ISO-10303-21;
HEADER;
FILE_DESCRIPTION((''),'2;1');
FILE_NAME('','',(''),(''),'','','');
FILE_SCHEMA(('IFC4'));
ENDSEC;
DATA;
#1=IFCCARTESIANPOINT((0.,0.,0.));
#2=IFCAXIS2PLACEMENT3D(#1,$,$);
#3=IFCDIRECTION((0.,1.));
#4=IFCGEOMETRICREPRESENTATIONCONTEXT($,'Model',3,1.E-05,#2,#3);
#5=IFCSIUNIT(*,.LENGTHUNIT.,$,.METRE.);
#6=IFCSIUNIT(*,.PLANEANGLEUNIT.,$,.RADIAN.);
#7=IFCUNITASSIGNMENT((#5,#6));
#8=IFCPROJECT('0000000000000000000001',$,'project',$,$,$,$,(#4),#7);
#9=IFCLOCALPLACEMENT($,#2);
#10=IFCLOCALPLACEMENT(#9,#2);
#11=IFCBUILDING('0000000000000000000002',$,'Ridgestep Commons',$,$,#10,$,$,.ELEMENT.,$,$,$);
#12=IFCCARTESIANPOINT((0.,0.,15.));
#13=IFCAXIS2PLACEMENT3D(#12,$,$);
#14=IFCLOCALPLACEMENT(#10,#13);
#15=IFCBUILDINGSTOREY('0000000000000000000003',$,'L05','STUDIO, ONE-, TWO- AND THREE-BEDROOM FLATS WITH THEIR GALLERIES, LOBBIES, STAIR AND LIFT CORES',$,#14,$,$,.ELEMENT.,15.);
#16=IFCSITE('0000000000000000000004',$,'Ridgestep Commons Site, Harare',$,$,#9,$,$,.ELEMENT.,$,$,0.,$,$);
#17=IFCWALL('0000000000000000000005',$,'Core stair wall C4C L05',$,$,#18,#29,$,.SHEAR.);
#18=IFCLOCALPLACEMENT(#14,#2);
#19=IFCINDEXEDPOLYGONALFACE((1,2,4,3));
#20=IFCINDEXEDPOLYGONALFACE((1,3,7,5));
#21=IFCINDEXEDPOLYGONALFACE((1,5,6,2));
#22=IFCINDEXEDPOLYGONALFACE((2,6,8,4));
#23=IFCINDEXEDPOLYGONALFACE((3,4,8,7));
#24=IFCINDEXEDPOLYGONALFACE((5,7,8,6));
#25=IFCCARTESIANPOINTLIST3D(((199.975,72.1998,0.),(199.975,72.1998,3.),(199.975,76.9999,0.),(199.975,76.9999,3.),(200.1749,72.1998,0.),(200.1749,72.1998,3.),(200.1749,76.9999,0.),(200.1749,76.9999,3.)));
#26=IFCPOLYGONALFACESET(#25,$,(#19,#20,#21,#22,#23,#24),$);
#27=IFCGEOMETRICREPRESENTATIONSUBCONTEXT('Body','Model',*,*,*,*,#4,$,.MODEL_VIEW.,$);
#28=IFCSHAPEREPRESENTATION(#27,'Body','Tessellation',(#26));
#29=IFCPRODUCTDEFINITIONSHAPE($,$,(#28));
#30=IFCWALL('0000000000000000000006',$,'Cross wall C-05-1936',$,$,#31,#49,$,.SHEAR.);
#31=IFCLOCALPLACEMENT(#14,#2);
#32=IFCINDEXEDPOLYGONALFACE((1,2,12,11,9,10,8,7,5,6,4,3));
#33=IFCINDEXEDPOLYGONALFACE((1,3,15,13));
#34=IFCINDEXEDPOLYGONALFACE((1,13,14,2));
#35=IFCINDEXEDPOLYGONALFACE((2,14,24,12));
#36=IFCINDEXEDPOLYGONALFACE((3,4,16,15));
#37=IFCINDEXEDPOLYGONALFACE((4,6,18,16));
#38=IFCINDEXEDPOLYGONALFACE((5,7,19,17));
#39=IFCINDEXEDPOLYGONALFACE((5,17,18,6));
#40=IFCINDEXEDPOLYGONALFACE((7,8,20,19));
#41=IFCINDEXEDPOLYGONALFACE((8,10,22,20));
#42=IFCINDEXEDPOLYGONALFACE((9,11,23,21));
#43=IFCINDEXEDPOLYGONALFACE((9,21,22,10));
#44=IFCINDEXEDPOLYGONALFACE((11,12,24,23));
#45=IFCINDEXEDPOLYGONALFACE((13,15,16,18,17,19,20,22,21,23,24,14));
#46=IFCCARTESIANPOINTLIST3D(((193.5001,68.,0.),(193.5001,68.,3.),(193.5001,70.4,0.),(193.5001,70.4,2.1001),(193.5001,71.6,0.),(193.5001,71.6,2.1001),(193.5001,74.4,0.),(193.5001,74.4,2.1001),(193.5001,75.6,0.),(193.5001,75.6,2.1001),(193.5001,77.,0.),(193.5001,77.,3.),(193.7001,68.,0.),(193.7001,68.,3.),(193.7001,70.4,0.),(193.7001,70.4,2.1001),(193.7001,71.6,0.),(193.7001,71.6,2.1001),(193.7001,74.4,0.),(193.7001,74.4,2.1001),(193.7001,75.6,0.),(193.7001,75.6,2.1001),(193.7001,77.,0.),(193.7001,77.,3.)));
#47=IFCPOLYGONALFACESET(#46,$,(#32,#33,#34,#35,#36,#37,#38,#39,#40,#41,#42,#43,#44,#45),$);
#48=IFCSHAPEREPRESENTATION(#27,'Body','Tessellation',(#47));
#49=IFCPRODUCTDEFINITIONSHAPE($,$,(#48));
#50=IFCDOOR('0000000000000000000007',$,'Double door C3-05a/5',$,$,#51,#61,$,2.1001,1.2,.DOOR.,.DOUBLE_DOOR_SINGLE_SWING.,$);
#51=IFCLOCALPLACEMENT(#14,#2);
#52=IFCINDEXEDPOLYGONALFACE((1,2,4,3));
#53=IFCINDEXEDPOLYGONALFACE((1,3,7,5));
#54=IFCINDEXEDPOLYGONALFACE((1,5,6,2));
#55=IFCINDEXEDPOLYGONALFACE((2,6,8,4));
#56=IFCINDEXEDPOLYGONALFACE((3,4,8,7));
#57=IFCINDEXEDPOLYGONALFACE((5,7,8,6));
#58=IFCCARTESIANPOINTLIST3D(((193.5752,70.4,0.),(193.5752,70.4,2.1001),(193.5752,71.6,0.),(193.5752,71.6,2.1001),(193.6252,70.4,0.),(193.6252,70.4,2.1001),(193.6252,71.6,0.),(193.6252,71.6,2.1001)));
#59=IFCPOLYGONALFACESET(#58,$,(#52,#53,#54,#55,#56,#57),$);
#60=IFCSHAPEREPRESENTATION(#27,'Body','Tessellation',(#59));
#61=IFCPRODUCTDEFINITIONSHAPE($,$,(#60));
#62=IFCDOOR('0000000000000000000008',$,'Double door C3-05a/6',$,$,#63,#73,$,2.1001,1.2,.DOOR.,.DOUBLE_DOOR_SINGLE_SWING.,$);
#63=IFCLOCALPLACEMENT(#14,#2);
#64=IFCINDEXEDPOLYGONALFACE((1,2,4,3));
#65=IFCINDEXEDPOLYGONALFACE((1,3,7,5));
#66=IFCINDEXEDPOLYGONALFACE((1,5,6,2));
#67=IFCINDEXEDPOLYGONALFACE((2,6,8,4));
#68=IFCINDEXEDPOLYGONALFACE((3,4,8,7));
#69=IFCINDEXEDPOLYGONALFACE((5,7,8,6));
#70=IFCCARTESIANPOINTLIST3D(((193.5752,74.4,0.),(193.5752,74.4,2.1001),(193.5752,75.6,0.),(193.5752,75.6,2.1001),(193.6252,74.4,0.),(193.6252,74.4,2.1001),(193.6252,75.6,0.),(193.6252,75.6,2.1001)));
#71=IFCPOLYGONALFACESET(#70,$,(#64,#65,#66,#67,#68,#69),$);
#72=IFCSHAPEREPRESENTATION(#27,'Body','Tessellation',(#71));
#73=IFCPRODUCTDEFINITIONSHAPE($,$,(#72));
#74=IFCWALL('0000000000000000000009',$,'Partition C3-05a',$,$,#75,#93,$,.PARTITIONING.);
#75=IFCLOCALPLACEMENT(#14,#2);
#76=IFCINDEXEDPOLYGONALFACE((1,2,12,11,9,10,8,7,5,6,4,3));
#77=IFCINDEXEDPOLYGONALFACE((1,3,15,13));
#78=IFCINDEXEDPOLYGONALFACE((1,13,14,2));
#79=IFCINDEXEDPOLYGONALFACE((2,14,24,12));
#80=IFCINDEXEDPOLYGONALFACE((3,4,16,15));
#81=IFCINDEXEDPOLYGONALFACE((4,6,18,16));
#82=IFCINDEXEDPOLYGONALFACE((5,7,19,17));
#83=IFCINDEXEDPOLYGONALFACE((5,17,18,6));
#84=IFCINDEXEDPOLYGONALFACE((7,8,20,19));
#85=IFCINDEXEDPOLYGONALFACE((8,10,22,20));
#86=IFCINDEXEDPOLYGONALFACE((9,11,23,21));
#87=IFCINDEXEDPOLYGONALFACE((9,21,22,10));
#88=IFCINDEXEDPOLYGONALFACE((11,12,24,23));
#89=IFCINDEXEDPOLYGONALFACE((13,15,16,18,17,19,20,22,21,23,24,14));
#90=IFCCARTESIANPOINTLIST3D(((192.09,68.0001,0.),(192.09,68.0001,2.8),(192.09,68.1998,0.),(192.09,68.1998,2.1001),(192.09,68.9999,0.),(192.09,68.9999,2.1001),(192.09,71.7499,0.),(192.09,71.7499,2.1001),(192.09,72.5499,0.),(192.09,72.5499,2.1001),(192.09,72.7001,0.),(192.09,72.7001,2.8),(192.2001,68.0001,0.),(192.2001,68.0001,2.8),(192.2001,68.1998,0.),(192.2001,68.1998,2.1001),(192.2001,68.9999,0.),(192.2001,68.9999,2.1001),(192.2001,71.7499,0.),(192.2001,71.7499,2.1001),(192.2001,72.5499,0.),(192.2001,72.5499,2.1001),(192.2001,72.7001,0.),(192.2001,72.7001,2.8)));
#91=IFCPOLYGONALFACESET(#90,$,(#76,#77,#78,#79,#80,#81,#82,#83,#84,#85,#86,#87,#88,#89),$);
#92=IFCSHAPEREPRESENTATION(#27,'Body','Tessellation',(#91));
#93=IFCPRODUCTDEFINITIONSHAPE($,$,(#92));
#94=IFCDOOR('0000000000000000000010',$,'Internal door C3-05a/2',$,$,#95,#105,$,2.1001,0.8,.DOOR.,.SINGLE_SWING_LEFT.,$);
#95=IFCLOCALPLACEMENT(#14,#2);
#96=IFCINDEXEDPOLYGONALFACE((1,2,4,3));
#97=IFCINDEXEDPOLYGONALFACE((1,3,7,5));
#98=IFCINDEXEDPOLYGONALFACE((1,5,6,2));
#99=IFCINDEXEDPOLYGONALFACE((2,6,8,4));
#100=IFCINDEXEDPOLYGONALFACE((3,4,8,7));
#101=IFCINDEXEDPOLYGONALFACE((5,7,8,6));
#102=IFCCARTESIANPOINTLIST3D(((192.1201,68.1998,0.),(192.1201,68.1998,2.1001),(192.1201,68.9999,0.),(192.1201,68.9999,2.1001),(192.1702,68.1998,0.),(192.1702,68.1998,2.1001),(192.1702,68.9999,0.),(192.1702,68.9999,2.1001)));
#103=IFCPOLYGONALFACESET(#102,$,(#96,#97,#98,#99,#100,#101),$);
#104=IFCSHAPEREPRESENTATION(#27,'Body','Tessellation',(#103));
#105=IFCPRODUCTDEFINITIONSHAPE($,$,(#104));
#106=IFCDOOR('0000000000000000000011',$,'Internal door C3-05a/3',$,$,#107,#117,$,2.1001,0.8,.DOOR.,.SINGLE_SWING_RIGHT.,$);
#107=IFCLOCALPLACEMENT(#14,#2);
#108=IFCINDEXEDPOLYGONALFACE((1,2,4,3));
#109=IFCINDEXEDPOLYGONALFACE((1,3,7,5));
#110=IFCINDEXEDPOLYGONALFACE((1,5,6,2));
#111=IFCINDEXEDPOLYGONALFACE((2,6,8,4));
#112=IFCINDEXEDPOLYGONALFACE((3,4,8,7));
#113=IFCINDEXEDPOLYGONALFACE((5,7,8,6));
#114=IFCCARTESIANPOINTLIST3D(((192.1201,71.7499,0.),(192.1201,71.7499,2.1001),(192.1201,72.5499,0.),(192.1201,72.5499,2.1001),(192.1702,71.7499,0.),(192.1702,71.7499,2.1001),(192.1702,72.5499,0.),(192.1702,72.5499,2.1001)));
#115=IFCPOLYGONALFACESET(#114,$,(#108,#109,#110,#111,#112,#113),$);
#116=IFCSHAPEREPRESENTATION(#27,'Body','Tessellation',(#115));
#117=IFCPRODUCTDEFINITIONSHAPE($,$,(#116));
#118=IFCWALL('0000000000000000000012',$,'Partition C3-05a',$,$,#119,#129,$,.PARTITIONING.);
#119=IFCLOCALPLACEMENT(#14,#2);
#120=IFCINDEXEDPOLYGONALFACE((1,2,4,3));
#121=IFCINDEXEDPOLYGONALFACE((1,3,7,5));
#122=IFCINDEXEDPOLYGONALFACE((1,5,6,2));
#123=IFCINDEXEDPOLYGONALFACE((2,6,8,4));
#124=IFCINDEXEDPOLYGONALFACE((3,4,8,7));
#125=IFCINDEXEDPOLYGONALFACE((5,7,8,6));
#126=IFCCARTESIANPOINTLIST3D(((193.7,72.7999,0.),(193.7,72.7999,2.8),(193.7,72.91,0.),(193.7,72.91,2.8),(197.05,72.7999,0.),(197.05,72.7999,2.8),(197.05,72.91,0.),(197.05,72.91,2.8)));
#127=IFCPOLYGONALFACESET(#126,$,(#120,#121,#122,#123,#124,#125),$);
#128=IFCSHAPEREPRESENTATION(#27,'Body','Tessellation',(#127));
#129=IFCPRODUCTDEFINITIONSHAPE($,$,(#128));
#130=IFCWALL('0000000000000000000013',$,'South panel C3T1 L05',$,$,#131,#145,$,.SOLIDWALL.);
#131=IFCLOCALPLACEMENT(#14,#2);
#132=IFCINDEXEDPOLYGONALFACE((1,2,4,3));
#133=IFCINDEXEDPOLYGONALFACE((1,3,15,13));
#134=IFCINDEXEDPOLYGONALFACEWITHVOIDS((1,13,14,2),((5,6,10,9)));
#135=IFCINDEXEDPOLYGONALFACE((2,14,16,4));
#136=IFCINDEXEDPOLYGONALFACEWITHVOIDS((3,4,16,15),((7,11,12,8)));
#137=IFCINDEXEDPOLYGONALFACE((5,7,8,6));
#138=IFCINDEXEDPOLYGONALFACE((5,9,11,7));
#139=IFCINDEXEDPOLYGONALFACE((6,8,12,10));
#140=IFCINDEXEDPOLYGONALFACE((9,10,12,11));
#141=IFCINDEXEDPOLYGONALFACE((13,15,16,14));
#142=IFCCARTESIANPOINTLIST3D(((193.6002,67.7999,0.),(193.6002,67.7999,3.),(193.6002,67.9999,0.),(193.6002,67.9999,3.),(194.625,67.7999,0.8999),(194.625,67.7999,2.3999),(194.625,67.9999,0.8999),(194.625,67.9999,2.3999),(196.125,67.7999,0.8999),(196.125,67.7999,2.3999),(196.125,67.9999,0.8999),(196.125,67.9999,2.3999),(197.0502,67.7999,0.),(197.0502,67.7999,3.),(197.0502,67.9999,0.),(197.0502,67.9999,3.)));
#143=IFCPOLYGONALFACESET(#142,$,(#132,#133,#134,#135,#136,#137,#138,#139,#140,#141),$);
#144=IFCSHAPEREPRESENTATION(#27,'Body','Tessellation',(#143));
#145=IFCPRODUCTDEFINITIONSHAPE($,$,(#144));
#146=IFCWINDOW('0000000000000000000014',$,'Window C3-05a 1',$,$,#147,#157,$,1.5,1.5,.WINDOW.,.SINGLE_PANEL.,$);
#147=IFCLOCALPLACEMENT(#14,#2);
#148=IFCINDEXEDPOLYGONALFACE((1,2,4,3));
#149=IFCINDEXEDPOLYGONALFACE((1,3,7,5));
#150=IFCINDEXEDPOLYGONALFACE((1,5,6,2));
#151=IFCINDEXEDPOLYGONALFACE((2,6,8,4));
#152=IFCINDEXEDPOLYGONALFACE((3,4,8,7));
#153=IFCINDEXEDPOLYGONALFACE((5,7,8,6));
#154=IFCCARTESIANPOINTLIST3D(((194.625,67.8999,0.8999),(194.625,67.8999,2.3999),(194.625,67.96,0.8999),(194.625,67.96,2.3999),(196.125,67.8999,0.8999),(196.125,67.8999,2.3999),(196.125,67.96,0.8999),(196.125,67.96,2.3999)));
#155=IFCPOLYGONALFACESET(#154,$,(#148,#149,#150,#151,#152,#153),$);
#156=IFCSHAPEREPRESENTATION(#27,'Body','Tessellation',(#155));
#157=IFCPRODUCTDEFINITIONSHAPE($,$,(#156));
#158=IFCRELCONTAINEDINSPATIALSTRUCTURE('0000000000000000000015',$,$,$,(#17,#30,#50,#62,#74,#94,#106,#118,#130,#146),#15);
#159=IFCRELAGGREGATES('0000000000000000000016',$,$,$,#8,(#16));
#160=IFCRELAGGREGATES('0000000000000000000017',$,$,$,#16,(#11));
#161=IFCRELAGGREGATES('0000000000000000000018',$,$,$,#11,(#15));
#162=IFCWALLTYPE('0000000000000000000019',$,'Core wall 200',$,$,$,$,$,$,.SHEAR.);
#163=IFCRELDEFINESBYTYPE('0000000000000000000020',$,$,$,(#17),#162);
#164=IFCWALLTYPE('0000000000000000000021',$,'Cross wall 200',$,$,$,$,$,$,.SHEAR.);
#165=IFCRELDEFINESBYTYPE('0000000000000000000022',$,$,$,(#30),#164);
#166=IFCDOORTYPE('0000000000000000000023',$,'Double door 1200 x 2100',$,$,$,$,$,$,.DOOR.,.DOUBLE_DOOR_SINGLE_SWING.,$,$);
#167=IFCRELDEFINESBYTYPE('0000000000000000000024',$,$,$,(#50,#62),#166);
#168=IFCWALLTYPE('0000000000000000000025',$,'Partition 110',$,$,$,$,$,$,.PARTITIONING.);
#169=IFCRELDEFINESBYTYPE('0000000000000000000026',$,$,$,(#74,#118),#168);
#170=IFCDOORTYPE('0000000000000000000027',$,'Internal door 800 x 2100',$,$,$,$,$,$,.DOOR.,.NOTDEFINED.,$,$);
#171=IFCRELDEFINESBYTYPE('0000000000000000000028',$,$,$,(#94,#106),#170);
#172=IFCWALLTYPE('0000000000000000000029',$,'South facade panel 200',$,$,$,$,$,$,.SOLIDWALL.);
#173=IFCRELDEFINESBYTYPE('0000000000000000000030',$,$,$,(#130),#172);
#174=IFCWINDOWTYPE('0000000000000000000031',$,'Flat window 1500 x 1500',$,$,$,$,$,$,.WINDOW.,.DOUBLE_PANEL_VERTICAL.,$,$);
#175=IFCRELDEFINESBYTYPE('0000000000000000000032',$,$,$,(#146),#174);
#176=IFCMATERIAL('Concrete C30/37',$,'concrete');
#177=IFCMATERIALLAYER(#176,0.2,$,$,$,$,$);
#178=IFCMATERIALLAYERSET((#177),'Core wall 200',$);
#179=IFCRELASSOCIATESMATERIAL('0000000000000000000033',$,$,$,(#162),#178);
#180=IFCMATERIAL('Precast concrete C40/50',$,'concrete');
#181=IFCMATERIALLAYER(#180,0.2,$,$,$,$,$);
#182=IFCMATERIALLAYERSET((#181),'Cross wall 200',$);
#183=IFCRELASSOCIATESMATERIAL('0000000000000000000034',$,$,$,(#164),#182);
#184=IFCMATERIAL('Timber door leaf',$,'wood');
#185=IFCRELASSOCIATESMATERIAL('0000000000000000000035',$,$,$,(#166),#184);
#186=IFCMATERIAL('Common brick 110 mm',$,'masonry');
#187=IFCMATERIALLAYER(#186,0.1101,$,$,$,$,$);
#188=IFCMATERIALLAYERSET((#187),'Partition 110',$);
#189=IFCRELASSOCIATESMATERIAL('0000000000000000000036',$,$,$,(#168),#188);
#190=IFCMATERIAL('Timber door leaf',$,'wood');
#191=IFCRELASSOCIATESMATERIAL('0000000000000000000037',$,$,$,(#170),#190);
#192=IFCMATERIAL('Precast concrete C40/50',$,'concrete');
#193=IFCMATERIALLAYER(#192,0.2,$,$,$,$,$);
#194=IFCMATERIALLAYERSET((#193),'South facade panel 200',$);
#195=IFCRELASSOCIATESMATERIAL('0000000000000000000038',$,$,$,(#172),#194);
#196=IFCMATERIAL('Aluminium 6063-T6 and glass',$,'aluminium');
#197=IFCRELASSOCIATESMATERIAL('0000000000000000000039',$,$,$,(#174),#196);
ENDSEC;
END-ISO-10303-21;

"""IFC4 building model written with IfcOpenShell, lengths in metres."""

from ifc_helpers import new_model, si_unit, direction, frame, frame_2d, origin, place, context, subcontext, project, spatial, rectangle, extrude, material, layer, layer_set, type_object, element, fill, save


model = new_model("IFC4")

# Units and contexts
model_context = context("Model", 3, precision=1e-05, world=origin(), true_north=direction((0.0, 1.0)))
body_context = subcontext(model_context, "Body", "Model", "MODEL_VIEW")
ifc_project = project(units=[si_unit("LENGTHUNIT", "METRE"), si_unit("PLANEANGLEUNIT", "RADIAN")], contexts=[model_context])

# Site, building, storey
site_placement = place(None, origin())
site = spatial("IfcSite", under=ifc_project, at=site_placement, Name="Ridgestep Commons Site, Harare", CompositionType="ELEMENT", RefElevation=0.0)
building_placement = place(site_placement, origin())
building = spatial("IfcBuilding", under=site, at=building_placement, Name="Ridgestep Commons", CompositionType="ELEMENT")
storey_placement = place(building_placement, frame((0.0, 0.0, 15.0)))
storey = spatial("IfcBuildingStorey", under=building, at=storey_placement, Name="L05", Description="STUDIO, ONE-, TWO- AND THREE-BEDROOM FLATS WITH THEIR GALLERIES, LOBBIES, STAIR AND LIFT CORES", CompositionType="ELEMENT", Elevation=15.0)

# Shared definitions
ifc_material_1 = material(Name="Concrete C30/37", Category="concrete")
ifc_layer_1 = layer(ifc_material_1, 0.2)
ifc_layer_set_1 = layer_set([ifc_layer_1], Name="Core wall 200")
wall_type_1 = type_object("IfcWallType", Name="Core wall 200", PredefinedType="SHEAR", material=ifc_layer_set_1)

# Wall
wall_1_placement = place(storey_placement, frame((200.075, 72.2, 0.0), z_axis=(0.0, 0.0, 1.0), x_axis=(0.0, 1.0, 0.0)))
element("IfcWall", 1, at=wall_1_placement, inside=storey, type_object=wall_type_1, Name="Core stair wall C4C L05", PredefinedType="SHEAR", context=body_context, shape_type="SweptSolid", body=[
    extrude(rectangle(XDim=4.8, YDim=0.2, at=frame_2d((2.3999, 0.0))), origin(), (0.0, 0.0, 1.0), 3.0),
])

# Walls, openings, doors
ifc_material_2 = material(Name="Precast concrete C40/50", Category="concrete")
ifc_layer_2 = layer(ifc_material_2, 0.2)
ifc_layer_set_2 = layer_set([ifc_layer_2], Name="Cross wall 200")
wall_type_2 = type_object("IfcWallType", Name="Cross wall 200", PredefinedType="SHEAR", material=ifc_layer_set_2)
wall_2_placement = place(storey_placement, frame((193.6001, 68.0, 0.0), z_axis=(0.0, 0.0, 1.0), x_axis=(0.0, 1.0, 0.0)))
wall_2 = element("IfcWall", 2, at=wall_2_placement, inside=storey, type_object=wall_type_2, Name="Cross wall C-05-1936", PredefinedType="SHEAR", context=body_context, shape_type="SweptSolid", body=[
    extrude(rectangle(XDim=9.0, YDim=0.2, at=frame_2d((4.5, 0.0))), origin(), (0.0, 0.0, 1.0), 3.0),
])
opening_1_placement = place(wall_2_placement, frame((2.3999, 0.0, 0.0)))
opening_1 = element("IfcOpeningElement", 3, at=opening_1_placement, cuts=wall_2, PredefinedType="OPENING", context=body_context, shape_type="SweptSolid", body=[
    extrude(rectangle(XDim=1.2, YDim=2.1001, at=frame_2d((0.6001, 1.05))), frame((0.0, 0.1099, 0.0), z_axis=(0.0, -1.0, 0.0), x_axis=(1.0, 0.0, 0.0)), (0.0, 0.0, 1.0), 0.22),
])
opening_2_placement = place(wall_2_placement, frame((6.3999, 0.0, 0.0)))
opening_2 = element("IfcOpeningElement", 4, at=opening_2_placement, cuts=wall_2, PredefinedType="OPENING", context=body_context, shape_type="SweptSolid", body=[
    extrude(rectangle(XDim=1.2, YDim=2.1001, at=frame_2d((0.6001, 1.05))), frame((0.0, 0.1099, 0.0), z_axis=(0.0, -1.0, 0.0), x_axis=(1.0, 0.0, 0.0)), (0.0, 0.0, 1.0), 0.22),
])
ifc_material_3 = material(Name="Timber door leaf", Category="wood")
door_type_1 = type_object("IfcDoorType", Name="Double door 1200 x 2100", OperationType="DOUBLE_DOOR_SINGLE_SWING", PredefinedType="DOOR", material=ifc_material_3)
door_1_placement = place(opening_1_placement, origin())
door_1 = element("IfcDoor", 5, at=door_1_placement, inside=storey, type_object=door_type_1, Name="Double door C3-05a/5", OperationType="DOUBLE_DOOR_SINGLE_SWING", OverallHeight=2.1001, OverallWidth=1.2, PredefinedType="DOOR", context=body_context, shape_type="SweptSolid", body=[
    extrude(rectangle(XDim=1.2, YDim=2.1001, at=frame_2d((0.6001, 1.05))), frame((0.0, 0.0249, 0.0), z_axis=(0.0, -1.0, 0.0), x_axis=(1.0, 0.0, 0.0)), (0.0, 0.0, 1.0), 0.05),
])
fill(opening_1, door_1)
door_2_placement = place(opening_2_placement, origin())
door_2 = element("IfcDoor", 6, at=door_2_placement, inside=storey, type_object=door_type_1, Name="Double door C3-05a/6", OperationType="DOUBLE_DOOR_SINGLE_SWING", OverallHeight=2.1001, OverallWidth=1.2, PredefinedType="DOOR", context=body_context, shape_type="SweptSolid", body=[
    extrude(rectangle(XDim=1.2, YDim=2.1001, at=frame_2d((0.6001, 1.05))), frame((0.0, 0.0249, 0.0), z_axis=(0.0, -1.0, 0.0), x_axis=(1.0, 0.0, 0.0)), (0.0, 0.0, 1.0), 0.05),
])
fill(opening_2, door_2)
ifc_material_4 = material(Name="Common brick 110 mm", Category="masonry")
ifc_layer_3 = layer(ifc_material_4, 0.1101)
ifc_layer_set_3 = layer_set([ifc_layer_3], Name="Partition 110")
wall_type_3 = type_object("IfcWallType", Name="Partition 110", PredefinedType="PARTITIONING", material=ifc_layer_set_3)
wall_3_placement = place(storey_placement, frame((192.145, 68.0, 0.0), z_axis=(0.0, 0.0, 1.0), x_axis=(0.0, 1.0, 0.0)))
wall_3 = element("IfcWall", 7, at=wall_3_placement, inside=storey, type_object=wall_type_3, Name="Partition C3-05a", PredefinedType="PARTITIONING", context=body_context, shape_type="SweptSolid", body=[
    extrude(rectangle(XDim=4.7, YDim=0.1101, at=frame_2d((2.3501, 0.0))), origin(), (0.0, 0.0, 1.0), 2.8),
])
opening_3_placement = place(wall_3_placement, frame((0.2, 0.0, 0.0)))
opening_3 = element("IfcOpeningElement", 8, at=opening_3_placement, cuts=wall_3, PredefinedType="OPENING", context=body_context, shape_type="SweptSolid", body=[
    extrude(rectangle(XDim=0.8, YDim=2.1001, at=frame_2d((0.3999, 1.05))), frame((0.0, 0.0649, 0.0), z_axis=(0.0, -1.0, 0.0), x_axis=(1.0, 0.0, 0.0)), (0.0, 0.0, 1.0), 0.1301),
])
opening_4_placement = place(wall_3_placement, frame((3.75, 0.0, 0.0)))
opening_4 = element("IfcOpeningElement", 9, at=opening_4_placement, cuts=wall_3, PredefinedType="OPENING", context=body_context, shape_type="SweptSolid", body=[
    extrude(rectangle(XDim=0.8, YDim=2.1001, at=frame_2d((0.3999, 1.05))), frame((0.0, 0.0649, 0.0), z_axis=(0.0, -1.0, 0.0), x_axis=(1.0, 0.0, 0.0)), (0.0, 0.0, 1.0), 0.1301),
])
ifc_material_5 = material(Name="Timber door leaf", Category="wood")
door_type_2 = type_object("IfcDoorType", Name="Internal door 800 x 2100", OperationType="NOTDEFINED", PredefinedType="DOOR", material=ifc_material_5)
door_3_placement = place(opening_3_placement, origin())
door_3 = element("IfcDoor", 10, at=door_3_placement, inside=storey, type_object=door_type_2, Name="Internal door C3-05a/2", OperationType="SINGLE_SWING_LEFT", OverallHeight=2.1001, OverallWidth=0.8, PredefinedType="DOOR", context=body_context, shape_type="SweptSolid", body=[
    extrude(rectangle(XDim=0.8, YDim=2.1001, at=frame_2d((0.3999, 1.05))), frame((0.0, 0.0249, 0.0), z_axis=(0.0, -1.0, 0.0), x_axis=(1.0, 0.0, 0.0)), (0.0, 0.0, 1.0), 0.05),
])
fill(opening_3, door_3)
door_4_placement = place(opening_4_placement, origin())
door_4 = element("IfcDoor", 11, at=door_4_placement, inside=storey, type_object=door_type_2, Name="Internal door C3-05a/3", OperationType="SINGLE_SWING_RIGHT", OverallHeight=2.1001, OverallWidth=0.8, PredefinedType="DOOR", context=body_context, shape_type="SweptSolid", body=[
    extrude(rectangle(XDim=0.8, YDim=2.1001, at=frame_2d((0.3999, 1.05))), frame((0.0, 0.0249, 0.0), z_axis=(0.0, -1.0, 0.0), x_axis=(1.0, 0.0, 0.0)), (0.0, 0.0, 1.0), 0.05),
])
fill(opening_4, door_4)

# Wall
wall_4_placement = place(storey_placement, frame((193.7, 72.855, 0.0), z_axis=(0.0, 0.0, 1.0), x_axis=(1.0, 0.0, 0.0)))
element("IfcWall", 12, at=wall_4_placement, inside=storey, type_object=wall_type_3, Name="Partition C3-05a", PredefinedType="PARTITIONING", context=body_context, shape_type="SweptSolid", body=[
    extrude(rectangle(XDim=3.3501, YDim=0.1101, at=frame_2d((1.675, 0.0))), origin(), (0.0, 0.0, 1.0), 2.8),
])

# Wall, opening, window
ifc_material_6 = material(Name="Precast concrete C40/50", Category="concrete")
ifc_layer_4 = layer(ifc_material_6, 0.2)
ifc_layer_set_4 = layer_set([ifc_layer_4], Name="South facade panel 200")
wall_type_4 = type_object("IfcWallType", Name="South facade panel 200", PredefinedType="SOLIDWALL", material=ifc_layer_set_4)
wall_5_placement = place(storey_placement, frame((193.6001, 67.8999, 0.0), z_axis=(0.0, 0.0, 1.0), x_axis=(1.0, 0.0, 0.0)))
wall_5 = element("IfcWall", 13, at=wall_5_placement, inside=storey, type_object=wall_type_4, Name="South panel C3T1 L05", PredefinedType="SOLIDWALL", context=body_context, shape_type="SweptSolid", body=[
    extrude(rectangle(XDim=3.45, YDim=0.2, at=frame_2d((1.7251, 0.0))), origin(), (0.0, 0.0, 1.0), 3.0),
])
opening_5_placement = place(wall_5_placement, frame((1.0249, 0.0, 0.8999)))
opening_5 = element("IfcOpeningElement", 14, at=opening_5_placement, cuts=wall_5, PredefinedType="OPENING", context=body_context, shape_type="SweptSolid", body=[
    extrude(rectangle(XDim=1.5, YDim=1.5, at=frame_2d((0.75, 0.75))), frame((0.0, 0.1099, 0.0), z_axis=(0.0, -1.0, 0.0), x_axis=(1.0, 0.0, 0.0)), (0.0, 0.0, 1.0), 0.22),
])
ifc_material_7 = material(Name="Aluminium 6063-T6 and glass", Category="aluminium")
window_type = type_object("IfcWindowType", Name="Flat window 1500 x 1500", PartitioningType="DOUBLE_PANEL_VERTICAL", PredefinedType="WINDOW", material=ifc_material_7)
window_placement = place(opening_5_placement, origin())
window = element("IfcWindow", 15, at=window_placement, inside=storey, type_object=window_type, Name="Window C3-05a 1", OverallHeight=1.5, OverallWidth=1.5, PartitioningType="SINGLE_PANEL", PredefinedType="WINDOW", context=body_context, shape_type="SweptSolid", body=[
    extrude(rectangle(XDim=1.5, YDim=1.5, at=frame_2d((0.75, 0.75))), frame((0.0, 0.0601, 0.0), z_axis=(0.0, -1.0, 0.0), x_axis=(1.0, 0.0, 0.0)), (0.0, 0.0, 1.0), 0.0601),
])
fill(opening_5, window)

save(model, "model.ifc")
